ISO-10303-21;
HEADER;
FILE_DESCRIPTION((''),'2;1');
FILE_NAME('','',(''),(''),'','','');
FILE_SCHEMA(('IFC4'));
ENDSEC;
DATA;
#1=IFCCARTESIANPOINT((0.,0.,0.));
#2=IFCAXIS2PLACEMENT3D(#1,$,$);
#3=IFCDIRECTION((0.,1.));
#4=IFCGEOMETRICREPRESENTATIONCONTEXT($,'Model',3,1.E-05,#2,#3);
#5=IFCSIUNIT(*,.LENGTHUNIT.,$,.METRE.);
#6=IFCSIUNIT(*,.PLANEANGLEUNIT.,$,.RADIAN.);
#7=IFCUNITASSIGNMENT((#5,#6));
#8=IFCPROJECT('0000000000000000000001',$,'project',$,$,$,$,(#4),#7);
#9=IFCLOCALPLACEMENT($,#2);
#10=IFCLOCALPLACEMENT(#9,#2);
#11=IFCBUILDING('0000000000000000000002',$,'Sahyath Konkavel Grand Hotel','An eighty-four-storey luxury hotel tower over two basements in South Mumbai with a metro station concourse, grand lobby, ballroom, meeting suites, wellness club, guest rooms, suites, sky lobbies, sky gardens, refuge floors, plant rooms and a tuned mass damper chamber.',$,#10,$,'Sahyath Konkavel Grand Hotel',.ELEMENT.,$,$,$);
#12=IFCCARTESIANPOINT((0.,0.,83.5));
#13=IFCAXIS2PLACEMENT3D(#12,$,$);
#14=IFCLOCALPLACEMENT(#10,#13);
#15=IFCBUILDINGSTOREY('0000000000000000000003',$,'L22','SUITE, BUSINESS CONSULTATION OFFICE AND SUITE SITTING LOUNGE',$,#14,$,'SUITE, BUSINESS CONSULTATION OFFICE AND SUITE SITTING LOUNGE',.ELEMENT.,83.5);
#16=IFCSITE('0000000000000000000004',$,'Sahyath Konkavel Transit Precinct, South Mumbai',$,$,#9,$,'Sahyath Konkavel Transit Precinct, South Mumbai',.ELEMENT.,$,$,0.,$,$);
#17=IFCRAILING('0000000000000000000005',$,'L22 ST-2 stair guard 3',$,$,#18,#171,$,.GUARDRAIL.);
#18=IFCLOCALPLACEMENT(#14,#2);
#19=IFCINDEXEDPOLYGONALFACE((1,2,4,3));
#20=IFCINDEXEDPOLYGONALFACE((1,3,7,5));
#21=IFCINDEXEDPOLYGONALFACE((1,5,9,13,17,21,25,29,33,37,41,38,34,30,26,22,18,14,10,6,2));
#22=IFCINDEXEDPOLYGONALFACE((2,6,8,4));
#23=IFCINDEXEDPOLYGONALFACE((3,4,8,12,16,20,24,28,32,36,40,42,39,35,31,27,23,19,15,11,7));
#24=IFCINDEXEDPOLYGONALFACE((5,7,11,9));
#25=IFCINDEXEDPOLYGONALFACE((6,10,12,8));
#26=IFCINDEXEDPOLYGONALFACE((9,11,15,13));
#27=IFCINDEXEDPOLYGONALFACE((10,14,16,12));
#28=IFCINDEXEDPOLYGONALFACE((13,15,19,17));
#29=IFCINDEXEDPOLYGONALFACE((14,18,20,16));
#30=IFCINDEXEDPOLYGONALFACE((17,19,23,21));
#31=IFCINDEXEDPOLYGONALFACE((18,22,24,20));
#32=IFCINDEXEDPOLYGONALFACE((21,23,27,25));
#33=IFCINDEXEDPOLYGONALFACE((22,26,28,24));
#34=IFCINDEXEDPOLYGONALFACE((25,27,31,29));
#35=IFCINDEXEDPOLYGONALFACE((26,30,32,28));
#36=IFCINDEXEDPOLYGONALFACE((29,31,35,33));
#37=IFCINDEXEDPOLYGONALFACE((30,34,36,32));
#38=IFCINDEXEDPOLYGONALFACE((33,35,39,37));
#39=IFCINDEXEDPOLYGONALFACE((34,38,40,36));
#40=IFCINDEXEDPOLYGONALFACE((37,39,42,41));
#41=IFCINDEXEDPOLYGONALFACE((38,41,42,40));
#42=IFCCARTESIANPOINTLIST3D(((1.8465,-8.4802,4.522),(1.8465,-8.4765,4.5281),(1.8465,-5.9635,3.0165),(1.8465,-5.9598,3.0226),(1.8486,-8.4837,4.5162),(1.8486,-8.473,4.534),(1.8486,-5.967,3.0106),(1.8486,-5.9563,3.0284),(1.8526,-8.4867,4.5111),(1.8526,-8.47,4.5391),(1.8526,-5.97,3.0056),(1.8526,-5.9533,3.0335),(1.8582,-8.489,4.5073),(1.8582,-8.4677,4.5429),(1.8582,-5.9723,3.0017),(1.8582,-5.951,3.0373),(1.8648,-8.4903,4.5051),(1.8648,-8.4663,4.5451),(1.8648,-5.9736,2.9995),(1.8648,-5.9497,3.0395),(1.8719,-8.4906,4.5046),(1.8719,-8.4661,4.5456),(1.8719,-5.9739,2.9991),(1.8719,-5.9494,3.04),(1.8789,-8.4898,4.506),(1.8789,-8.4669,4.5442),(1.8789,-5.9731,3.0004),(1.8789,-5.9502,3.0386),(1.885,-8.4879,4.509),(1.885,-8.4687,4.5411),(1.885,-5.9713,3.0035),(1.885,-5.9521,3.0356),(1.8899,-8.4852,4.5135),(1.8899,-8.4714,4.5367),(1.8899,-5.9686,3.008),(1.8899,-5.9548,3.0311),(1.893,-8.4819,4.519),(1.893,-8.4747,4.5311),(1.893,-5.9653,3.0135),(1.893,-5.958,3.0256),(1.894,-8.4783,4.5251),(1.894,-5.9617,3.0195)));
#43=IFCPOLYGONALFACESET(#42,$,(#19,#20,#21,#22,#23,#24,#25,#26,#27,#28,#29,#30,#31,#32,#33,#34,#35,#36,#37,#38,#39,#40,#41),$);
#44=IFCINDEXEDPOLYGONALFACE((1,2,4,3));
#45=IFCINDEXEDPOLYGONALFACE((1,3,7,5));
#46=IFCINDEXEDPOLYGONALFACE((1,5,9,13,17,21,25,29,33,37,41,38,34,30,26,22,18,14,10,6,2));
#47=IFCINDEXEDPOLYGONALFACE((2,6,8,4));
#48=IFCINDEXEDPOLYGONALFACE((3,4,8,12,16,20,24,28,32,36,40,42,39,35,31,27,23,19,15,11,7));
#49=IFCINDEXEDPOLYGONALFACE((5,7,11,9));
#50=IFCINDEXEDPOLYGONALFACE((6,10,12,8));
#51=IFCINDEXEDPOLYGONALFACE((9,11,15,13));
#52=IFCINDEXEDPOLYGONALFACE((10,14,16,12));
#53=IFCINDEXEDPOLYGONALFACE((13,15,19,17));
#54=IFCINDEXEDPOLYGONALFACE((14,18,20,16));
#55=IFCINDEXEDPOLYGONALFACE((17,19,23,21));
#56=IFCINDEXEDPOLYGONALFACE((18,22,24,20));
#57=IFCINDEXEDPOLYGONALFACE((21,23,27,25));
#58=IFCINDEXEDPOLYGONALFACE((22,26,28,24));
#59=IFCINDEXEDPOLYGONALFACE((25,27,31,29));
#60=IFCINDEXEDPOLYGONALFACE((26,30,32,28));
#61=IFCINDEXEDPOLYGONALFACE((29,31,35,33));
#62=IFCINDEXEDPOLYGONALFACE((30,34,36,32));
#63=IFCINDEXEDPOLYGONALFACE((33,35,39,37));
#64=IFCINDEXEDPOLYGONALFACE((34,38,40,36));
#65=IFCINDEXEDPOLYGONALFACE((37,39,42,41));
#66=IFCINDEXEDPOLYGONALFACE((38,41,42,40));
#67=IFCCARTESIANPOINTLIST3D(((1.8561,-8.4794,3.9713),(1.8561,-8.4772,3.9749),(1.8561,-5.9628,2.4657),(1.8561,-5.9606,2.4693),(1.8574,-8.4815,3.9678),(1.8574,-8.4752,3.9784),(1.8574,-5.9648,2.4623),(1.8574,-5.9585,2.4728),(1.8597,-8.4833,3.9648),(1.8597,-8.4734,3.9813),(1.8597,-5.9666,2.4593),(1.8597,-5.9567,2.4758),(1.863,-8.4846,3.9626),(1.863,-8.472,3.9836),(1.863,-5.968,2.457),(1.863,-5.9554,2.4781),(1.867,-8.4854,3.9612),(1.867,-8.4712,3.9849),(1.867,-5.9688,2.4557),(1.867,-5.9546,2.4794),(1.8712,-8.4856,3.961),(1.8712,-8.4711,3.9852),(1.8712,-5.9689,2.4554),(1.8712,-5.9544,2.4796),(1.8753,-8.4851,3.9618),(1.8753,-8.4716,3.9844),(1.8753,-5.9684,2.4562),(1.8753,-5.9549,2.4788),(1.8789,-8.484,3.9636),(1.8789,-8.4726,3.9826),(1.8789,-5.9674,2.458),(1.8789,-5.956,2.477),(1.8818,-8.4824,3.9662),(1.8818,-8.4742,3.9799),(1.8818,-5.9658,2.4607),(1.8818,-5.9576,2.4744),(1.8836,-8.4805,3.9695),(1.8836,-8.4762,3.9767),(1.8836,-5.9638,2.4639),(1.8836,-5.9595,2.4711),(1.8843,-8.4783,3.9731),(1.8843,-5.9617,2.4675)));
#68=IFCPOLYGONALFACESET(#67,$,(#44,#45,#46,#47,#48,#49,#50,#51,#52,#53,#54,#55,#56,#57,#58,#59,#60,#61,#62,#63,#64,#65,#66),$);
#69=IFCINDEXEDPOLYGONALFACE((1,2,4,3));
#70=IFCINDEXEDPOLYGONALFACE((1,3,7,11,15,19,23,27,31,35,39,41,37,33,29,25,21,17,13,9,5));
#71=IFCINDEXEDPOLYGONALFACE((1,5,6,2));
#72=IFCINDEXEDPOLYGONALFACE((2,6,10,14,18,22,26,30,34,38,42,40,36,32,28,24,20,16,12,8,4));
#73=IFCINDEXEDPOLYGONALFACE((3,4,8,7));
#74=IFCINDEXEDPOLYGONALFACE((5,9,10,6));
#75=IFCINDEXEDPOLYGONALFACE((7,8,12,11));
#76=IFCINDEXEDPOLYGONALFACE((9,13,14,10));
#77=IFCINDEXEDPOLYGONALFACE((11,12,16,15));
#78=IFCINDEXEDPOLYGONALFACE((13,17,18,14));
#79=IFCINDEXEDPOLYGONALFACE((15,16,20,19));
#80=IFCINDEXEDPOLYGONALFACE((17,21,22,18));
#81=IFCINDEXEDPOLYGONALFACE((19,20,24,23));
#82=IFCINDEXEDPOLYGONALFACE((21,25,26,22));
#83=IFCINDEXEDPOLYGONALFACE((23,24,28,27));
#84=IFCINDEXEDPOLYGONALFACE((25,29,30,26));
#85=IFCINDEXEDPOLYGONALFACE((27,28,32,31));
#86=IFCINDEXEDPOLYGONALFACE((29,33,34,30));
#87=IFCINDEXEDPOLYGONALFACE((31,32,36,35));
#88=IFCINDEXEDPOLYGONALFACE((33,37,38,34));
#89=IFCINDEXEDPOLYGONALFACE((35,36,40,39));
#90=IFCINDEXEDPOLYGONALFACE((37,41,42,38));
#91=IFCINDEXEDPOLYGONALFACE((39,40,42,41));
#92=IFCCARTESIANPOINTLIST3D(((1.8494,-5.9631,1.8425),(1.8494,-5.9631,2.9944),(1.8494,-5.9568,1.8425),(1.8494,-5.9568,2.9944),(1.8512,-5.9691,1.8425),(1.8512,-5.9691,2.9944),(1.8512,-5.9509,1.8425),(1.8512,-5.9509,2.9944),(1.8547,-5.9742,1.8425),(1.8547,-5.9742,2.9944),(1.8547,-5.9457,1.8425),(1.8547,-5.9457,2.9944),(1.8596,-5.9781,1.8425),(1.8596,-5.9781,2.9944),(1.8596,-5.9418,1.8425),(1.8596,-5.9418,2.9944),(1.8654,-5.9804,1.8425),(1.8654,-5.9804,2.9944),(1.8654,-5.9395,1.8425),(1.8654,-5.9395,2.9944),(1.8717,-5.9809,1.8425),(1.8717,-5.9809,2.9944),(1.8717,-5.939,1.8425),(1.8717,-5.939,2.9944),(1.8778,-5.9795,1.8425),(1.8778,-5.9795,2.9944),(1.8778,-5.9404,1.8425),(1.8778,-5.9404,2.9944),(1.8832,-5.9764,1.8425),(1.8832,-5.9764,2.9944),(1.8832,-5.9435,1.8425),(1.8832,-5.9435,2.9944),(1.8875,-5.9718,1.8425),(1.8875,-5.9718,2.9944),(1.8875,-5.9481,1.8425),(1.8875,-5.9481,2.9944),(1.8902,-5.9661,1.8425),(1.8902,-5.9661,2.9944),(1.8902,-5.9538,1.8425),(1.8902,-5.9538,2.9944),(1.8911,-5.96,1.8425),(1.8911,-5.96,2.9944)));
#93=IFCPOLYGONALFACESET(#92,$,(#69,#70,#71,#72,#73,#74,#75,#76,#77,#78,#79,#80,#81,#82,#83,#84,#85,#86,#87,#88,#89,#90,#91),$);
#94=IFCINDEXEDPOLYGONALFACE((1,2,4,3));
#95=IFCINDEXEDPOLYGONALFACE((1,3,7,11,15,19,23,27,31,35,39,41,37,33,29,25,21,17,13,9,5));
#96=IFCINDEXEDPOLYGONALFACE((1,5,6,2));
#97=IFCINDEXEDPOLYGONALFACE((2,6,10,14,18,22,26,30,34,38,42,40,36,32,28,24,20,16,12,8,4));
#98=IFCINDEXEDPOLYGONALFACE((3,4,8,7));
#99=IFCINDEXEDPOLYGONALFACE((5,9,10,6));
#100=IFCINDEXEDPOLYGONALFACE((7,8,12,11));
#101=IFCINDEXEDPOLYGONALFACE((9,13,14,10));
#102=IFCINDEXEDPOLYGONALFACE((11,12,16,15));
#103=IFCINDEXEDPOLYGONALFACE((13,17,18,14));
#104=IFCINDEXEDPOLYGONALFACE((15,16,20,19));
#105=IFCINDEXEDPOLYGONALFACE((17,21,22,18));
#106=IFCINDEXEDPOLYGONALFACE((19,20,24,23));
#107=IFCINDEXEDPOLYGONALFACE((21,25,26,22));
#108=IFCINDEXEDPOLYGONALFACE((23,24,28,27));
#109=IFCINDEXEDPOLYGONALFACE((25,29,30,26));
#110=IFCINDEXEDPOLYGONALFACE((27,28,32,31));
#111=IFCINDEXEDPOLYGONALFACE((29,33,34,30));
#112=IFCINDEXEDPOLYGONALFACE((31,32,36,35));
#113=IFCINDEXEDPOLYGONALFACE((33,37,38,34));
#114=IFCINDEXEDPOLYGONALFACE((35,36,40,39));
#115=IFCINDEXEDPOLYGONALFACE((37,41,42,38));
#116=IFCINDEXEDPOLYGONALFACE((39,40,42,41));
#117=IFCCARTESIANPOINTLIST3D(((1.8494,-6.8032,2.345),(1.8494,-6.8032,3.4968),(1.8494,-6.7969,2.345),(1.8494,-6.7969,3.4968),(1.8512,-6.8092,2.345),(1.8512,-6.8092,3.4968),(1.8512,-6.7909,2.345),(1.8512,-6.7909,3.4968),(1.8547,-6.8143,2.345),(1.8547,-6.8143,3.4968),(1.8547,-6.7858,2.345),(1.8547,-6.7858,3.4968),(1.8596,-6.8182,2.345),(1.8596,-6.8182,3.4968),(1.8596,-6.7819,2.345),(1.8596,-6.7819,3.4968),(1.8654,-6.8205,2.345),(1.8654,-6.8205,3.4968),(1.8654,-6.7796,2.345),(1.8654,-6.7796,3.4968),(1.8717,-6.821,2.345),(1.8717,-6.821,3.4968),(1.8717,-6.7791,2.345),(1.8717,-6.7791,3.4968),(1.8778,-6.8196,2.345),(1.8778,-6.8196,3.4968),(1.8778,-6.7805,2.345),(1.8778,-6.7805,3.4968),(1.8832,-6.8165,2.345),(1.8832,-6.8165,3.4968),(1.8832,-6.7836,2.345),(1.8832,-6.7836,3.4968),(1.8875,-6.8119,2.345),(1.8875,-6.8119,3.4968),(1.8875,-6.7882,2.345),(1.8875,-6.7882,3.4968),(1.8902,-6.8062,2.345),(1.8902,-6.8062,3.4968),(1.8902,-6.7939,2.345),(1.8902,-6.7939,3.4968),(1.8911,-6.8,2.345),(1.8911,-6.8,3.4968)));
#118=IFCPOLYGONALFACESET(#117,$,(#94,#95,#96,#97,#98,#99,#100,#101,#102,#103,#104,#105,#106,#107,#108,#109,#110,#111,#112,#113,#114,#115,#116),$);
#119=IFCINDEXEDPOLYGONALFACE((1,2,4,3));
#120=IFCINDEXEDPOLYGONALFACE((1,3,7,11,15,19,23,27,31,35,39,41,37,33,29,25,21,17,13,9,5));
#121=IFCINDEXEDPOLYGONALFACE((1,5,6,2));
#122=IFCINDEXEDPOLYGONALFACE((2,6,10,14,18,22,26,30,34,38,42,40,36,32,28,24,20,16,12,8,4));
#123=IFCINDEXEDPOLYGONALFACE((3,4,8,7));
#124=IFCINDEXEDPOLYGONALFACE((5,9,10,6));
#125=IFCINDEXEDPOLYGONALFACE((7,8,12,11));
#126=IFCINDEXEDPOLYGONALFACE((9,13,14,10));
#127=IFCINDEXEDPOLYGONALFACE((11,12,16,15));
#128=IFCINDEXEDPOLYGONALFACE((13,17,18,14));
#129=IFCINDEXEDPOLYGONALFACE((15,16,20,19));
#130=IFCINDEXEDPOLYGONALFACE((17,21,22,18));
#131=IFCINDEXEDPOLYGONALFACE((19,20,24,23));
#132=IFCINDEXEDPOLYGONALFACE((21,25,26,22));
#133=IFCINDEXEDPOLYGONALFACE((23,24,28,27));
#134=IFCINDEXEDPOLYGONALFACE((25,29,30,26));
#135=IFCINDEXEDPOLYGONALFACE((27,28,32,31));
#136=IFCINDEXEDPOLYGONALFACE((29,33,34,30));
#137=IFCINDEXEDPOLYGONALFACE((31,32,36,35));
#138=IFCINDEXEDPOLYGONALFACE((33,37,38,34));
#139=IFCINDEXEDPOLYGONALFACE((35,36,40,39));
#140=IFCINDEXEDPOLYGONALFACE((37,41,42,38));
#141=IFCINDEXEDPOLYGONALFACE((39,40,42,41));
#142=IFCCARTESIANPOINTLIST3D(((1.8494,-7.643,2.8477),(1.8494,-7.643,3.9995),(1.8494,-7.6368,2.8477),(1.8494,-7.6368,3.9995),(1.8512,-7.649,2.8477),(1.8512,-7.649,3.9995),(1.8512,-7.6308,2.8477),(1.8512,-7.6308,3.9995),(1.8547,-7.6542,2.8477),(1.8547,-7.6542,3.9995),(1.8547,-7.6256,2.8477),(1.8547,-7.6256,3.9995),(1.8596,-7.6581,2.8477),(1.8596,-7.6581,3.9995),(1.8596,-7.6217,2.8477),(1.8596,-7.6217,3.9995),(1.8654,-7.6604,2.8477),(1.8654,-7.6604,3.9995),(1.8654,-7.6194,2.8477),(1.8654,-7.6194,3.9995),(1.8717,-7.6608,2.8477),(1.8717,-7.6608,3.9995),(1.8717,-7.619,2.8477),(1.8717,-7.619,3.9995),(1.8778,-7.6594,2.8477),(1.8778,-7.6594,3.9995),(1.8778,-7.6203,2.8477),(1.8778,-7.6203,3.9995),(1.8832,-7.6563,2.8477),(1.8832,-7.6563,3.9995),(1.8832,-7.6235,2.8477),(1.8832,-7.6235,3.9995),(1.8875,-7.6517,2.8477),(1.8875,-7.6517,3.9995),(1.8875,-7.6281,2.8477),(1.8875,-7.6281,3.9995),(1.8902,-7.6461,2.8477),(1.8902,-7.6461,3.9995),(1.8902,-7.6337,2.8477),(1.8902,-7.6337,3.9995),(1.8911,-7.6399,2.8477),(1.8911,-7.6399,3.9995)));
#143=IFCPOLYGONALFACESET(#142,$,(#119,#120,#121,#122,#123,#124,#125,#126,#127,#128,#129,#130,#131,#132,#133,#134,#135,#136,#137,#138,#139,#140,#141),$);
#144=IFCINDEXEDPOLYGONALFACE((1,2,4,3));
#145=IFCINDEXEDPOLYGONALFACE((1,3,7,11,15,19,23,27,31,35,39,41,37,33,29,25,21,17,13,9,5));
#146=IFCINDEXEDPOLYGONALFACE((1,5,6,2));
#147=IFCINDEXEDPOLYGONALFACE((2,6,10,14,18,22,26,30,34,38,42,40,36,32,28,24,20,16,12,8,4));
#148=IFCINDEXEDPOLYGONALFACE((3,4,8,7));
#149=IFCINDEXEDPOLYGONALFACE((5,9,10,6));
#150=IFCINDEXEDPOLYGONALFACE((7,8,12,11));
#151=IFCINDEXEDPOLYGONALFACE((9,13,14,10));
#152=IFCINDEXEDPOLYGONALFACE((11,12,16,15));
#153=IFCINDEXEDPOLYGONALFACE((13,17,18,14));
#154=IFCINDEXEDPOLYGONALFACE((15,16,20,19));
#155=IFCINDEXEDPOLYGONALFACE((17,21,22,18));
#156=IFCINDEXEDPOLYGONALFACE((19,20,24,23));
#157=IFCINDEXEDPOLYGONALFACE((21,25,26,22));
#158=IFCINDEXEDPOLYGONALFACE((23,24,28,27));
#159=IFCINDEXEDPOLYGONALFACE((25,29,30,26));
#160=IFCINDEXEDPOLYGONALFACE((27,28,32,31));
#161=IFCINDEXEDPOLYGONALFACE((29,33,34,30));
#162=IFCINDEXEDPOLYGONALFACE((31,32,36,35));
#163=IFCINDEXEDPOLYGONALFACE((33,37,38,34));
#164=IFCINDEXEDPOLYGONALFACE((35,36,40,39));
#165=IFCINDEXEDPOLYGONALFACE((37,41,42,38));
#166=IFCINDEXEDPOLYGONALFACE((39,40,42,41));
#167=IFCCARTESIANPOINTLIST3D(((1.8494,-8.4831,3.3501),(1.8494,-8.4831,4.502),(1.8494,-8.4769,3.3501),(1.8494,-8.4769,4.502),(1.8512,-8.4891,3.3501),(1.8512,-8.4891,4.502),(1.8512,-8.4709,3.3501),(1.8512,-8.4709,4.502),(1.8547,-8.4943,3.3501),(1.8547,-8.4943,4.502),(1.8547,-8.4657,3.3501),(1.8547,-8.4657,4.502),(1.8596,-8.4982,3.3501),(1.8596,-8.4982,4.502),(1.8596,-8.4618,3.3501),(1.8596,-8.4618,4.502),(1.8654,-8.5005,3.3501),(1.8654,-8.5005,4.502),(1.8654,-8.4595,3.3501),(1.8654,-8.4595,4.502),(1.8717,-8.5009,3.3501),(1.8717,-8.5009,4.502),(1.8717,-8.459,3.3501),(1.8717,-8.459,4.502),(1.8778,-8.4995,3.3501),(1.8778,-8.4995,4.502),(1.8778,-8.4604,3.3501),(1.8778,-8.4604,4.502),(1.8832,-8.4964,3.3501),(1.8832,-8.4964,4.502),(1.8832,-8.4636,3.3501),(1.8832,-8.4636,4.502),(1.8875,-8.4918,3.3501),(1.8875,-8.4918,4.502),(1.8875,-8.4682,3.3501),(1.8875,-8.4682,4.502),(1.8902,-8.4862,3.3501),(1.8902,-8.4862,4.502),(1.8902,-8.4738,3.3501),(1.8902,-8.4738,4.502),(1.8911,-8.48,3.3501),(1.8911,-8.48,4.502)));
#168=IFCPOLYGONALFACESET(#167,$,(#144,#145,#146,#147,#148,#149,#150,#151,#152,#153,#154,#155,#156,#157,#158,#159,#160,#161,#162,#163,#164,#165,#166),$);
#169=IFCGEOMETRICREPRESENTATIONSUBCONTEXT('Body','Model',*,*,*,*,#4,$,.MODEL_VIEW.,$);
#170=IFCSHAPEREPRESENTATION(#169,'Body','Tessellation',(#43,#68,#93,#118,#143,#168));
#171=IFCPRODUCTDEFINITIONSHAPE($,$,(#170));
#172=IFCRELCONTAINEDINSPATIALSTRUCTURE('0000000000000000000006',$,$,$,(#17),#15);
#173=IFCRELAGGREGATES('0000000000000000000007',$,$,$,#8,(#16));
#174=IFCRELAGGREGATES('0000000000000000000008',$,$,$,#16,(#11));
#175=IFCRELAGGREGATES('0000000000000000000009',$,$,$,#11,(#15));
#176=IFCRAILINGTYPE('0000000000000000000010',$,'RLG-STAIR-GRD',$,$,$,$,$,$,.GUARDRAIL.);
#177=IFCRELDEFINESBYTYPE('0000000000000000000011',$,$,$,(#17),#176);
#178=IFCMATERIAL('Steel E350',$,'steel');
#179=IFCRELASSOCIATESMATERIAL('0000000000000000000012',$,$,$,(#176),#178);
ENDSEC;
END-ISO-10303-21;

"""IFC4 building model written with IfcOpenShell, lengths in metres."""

from ifc_helpers import new_model, si_unit, direction, frame, origin, origin_2d, place, context, subcontext, project, spatial, circle, extrude, material, type_object, element, save


model = new_model("IFC4")

# Units and contexts
model_context = context("Model", 3, precision=1e-05, world=origin(), true_north=direction((0.0, 1.0)))
body_context = subcontext(model_context, "Body", "Model", "MODEL_VIEW")
ifc_project = project(units=[si_unit("LENGTHUNIT", "METRE"), si_unit("PLANEANGLEUNIT", "RADIAN")], contexts=[model_context])

# Site, building, storey
site_placement = place(None, origin())
site = spatial("IfcSite", under=ifc_project, at=site_placement, Name="Sahyath Konkavel Transit Precinct, South Mumbai", LongName="Sahyath Konkavel Transit Precinct, South Mumbai", CompositionType="ELEMENT", RefElevation=0.0)
building_placement = place(site_placement, origin())
building = spatial("IfcBuilding", under=site, at=building_placement, Name="Sahyath Konkavel Grand Hotel", Description="An eighty-four-storey luxury hotel tower over two basements in South Mumbai with a metro station concourse, grand lobby, ballroom, meeting suites, wellness club, guest rooms, suites, sky lobbies, sky gardens, refuge floors, plant rooms and a tuned mass damper chamber.", LongName="Sahyath Konkavel Grand Hotel", CompositionType="ELEMENT")
storey_placement = place(building_placement, frame((0.0, 0.0, 83.5)))
storey = spatial("IfcBuildingStorey", under=building, at=storey_placement, Name="L22", Description="SUITE, BUSINESS CONSULTATION OFFICE AND SUITE SITTING LOUNGE", LongName="SUITE, BUSINESS CONSULTATION OFFICE AND SUITE SITTING LOUNGE", CompositionType="ELEMENT", Elevation=83.5)

# Shared definitions
ifc_material_1 = material(Name="Steel E350", Category="steel")

# Railing
railing_type_1 = type_object("IfcRailingType", Name="RLG-STAIR-GRD", PredefinedType="GUARDRAIL", material=ifc_material_1)
railing_1_placement = place(storey_placement, frame((1.8701, -5.96, 1.8425)))
element("IfcRailing", 1, at=railing_1_placement, inside=storey, type_object=railing_type_1, Name="L22 ST-2 stair guard 3", PredefinedType="GUARDRAIL", context=body_context, shape_type="SweptSolid", body=[
    extrude(circle(Radius=0.0239, at=origin_2d()), frame((0.0, -0.0017, 1.177), z_axis=(0.0, -0.85816, 0.513383), x_axis=(1.0, 0.0, 0.0)), (0.0, 0.0, 1.0), 2.9326),
    extrude(circle(Radius=0.0142, at=origin_2d()), frame((0.0, -0.0017, 0.625), z_axis=(0.0, -0.85816, 0.513383), x_axis=(1.0, 0.0, 0.0)), (0.0, 0.0, 1.0), 2.9326),
    extrude(circle(Radius=0.021, at=origin_2d()), origin(), (0.0, 0.0, 1.0), 1.1519),
    extrude(circle(Radius=0.021, at=origin_2d()), frame((0.0, -0.8401, 0.5024)), (0.0, 0.0, 1.0), 1.1519),
    extrude(circle(Radius=0.021, at=origin_2d()), frame((0.0, -1.6799, 1.0051)), (0.0, 0.0, 1.0), 1.1519),
    extrude(circle(Radius=0.021, at=origin_2d()), frame((0.0, -2.52, 1.5076)), (0.0, 0.0, 1.0), 1.1519),
])

save(model, "model.ifc")
